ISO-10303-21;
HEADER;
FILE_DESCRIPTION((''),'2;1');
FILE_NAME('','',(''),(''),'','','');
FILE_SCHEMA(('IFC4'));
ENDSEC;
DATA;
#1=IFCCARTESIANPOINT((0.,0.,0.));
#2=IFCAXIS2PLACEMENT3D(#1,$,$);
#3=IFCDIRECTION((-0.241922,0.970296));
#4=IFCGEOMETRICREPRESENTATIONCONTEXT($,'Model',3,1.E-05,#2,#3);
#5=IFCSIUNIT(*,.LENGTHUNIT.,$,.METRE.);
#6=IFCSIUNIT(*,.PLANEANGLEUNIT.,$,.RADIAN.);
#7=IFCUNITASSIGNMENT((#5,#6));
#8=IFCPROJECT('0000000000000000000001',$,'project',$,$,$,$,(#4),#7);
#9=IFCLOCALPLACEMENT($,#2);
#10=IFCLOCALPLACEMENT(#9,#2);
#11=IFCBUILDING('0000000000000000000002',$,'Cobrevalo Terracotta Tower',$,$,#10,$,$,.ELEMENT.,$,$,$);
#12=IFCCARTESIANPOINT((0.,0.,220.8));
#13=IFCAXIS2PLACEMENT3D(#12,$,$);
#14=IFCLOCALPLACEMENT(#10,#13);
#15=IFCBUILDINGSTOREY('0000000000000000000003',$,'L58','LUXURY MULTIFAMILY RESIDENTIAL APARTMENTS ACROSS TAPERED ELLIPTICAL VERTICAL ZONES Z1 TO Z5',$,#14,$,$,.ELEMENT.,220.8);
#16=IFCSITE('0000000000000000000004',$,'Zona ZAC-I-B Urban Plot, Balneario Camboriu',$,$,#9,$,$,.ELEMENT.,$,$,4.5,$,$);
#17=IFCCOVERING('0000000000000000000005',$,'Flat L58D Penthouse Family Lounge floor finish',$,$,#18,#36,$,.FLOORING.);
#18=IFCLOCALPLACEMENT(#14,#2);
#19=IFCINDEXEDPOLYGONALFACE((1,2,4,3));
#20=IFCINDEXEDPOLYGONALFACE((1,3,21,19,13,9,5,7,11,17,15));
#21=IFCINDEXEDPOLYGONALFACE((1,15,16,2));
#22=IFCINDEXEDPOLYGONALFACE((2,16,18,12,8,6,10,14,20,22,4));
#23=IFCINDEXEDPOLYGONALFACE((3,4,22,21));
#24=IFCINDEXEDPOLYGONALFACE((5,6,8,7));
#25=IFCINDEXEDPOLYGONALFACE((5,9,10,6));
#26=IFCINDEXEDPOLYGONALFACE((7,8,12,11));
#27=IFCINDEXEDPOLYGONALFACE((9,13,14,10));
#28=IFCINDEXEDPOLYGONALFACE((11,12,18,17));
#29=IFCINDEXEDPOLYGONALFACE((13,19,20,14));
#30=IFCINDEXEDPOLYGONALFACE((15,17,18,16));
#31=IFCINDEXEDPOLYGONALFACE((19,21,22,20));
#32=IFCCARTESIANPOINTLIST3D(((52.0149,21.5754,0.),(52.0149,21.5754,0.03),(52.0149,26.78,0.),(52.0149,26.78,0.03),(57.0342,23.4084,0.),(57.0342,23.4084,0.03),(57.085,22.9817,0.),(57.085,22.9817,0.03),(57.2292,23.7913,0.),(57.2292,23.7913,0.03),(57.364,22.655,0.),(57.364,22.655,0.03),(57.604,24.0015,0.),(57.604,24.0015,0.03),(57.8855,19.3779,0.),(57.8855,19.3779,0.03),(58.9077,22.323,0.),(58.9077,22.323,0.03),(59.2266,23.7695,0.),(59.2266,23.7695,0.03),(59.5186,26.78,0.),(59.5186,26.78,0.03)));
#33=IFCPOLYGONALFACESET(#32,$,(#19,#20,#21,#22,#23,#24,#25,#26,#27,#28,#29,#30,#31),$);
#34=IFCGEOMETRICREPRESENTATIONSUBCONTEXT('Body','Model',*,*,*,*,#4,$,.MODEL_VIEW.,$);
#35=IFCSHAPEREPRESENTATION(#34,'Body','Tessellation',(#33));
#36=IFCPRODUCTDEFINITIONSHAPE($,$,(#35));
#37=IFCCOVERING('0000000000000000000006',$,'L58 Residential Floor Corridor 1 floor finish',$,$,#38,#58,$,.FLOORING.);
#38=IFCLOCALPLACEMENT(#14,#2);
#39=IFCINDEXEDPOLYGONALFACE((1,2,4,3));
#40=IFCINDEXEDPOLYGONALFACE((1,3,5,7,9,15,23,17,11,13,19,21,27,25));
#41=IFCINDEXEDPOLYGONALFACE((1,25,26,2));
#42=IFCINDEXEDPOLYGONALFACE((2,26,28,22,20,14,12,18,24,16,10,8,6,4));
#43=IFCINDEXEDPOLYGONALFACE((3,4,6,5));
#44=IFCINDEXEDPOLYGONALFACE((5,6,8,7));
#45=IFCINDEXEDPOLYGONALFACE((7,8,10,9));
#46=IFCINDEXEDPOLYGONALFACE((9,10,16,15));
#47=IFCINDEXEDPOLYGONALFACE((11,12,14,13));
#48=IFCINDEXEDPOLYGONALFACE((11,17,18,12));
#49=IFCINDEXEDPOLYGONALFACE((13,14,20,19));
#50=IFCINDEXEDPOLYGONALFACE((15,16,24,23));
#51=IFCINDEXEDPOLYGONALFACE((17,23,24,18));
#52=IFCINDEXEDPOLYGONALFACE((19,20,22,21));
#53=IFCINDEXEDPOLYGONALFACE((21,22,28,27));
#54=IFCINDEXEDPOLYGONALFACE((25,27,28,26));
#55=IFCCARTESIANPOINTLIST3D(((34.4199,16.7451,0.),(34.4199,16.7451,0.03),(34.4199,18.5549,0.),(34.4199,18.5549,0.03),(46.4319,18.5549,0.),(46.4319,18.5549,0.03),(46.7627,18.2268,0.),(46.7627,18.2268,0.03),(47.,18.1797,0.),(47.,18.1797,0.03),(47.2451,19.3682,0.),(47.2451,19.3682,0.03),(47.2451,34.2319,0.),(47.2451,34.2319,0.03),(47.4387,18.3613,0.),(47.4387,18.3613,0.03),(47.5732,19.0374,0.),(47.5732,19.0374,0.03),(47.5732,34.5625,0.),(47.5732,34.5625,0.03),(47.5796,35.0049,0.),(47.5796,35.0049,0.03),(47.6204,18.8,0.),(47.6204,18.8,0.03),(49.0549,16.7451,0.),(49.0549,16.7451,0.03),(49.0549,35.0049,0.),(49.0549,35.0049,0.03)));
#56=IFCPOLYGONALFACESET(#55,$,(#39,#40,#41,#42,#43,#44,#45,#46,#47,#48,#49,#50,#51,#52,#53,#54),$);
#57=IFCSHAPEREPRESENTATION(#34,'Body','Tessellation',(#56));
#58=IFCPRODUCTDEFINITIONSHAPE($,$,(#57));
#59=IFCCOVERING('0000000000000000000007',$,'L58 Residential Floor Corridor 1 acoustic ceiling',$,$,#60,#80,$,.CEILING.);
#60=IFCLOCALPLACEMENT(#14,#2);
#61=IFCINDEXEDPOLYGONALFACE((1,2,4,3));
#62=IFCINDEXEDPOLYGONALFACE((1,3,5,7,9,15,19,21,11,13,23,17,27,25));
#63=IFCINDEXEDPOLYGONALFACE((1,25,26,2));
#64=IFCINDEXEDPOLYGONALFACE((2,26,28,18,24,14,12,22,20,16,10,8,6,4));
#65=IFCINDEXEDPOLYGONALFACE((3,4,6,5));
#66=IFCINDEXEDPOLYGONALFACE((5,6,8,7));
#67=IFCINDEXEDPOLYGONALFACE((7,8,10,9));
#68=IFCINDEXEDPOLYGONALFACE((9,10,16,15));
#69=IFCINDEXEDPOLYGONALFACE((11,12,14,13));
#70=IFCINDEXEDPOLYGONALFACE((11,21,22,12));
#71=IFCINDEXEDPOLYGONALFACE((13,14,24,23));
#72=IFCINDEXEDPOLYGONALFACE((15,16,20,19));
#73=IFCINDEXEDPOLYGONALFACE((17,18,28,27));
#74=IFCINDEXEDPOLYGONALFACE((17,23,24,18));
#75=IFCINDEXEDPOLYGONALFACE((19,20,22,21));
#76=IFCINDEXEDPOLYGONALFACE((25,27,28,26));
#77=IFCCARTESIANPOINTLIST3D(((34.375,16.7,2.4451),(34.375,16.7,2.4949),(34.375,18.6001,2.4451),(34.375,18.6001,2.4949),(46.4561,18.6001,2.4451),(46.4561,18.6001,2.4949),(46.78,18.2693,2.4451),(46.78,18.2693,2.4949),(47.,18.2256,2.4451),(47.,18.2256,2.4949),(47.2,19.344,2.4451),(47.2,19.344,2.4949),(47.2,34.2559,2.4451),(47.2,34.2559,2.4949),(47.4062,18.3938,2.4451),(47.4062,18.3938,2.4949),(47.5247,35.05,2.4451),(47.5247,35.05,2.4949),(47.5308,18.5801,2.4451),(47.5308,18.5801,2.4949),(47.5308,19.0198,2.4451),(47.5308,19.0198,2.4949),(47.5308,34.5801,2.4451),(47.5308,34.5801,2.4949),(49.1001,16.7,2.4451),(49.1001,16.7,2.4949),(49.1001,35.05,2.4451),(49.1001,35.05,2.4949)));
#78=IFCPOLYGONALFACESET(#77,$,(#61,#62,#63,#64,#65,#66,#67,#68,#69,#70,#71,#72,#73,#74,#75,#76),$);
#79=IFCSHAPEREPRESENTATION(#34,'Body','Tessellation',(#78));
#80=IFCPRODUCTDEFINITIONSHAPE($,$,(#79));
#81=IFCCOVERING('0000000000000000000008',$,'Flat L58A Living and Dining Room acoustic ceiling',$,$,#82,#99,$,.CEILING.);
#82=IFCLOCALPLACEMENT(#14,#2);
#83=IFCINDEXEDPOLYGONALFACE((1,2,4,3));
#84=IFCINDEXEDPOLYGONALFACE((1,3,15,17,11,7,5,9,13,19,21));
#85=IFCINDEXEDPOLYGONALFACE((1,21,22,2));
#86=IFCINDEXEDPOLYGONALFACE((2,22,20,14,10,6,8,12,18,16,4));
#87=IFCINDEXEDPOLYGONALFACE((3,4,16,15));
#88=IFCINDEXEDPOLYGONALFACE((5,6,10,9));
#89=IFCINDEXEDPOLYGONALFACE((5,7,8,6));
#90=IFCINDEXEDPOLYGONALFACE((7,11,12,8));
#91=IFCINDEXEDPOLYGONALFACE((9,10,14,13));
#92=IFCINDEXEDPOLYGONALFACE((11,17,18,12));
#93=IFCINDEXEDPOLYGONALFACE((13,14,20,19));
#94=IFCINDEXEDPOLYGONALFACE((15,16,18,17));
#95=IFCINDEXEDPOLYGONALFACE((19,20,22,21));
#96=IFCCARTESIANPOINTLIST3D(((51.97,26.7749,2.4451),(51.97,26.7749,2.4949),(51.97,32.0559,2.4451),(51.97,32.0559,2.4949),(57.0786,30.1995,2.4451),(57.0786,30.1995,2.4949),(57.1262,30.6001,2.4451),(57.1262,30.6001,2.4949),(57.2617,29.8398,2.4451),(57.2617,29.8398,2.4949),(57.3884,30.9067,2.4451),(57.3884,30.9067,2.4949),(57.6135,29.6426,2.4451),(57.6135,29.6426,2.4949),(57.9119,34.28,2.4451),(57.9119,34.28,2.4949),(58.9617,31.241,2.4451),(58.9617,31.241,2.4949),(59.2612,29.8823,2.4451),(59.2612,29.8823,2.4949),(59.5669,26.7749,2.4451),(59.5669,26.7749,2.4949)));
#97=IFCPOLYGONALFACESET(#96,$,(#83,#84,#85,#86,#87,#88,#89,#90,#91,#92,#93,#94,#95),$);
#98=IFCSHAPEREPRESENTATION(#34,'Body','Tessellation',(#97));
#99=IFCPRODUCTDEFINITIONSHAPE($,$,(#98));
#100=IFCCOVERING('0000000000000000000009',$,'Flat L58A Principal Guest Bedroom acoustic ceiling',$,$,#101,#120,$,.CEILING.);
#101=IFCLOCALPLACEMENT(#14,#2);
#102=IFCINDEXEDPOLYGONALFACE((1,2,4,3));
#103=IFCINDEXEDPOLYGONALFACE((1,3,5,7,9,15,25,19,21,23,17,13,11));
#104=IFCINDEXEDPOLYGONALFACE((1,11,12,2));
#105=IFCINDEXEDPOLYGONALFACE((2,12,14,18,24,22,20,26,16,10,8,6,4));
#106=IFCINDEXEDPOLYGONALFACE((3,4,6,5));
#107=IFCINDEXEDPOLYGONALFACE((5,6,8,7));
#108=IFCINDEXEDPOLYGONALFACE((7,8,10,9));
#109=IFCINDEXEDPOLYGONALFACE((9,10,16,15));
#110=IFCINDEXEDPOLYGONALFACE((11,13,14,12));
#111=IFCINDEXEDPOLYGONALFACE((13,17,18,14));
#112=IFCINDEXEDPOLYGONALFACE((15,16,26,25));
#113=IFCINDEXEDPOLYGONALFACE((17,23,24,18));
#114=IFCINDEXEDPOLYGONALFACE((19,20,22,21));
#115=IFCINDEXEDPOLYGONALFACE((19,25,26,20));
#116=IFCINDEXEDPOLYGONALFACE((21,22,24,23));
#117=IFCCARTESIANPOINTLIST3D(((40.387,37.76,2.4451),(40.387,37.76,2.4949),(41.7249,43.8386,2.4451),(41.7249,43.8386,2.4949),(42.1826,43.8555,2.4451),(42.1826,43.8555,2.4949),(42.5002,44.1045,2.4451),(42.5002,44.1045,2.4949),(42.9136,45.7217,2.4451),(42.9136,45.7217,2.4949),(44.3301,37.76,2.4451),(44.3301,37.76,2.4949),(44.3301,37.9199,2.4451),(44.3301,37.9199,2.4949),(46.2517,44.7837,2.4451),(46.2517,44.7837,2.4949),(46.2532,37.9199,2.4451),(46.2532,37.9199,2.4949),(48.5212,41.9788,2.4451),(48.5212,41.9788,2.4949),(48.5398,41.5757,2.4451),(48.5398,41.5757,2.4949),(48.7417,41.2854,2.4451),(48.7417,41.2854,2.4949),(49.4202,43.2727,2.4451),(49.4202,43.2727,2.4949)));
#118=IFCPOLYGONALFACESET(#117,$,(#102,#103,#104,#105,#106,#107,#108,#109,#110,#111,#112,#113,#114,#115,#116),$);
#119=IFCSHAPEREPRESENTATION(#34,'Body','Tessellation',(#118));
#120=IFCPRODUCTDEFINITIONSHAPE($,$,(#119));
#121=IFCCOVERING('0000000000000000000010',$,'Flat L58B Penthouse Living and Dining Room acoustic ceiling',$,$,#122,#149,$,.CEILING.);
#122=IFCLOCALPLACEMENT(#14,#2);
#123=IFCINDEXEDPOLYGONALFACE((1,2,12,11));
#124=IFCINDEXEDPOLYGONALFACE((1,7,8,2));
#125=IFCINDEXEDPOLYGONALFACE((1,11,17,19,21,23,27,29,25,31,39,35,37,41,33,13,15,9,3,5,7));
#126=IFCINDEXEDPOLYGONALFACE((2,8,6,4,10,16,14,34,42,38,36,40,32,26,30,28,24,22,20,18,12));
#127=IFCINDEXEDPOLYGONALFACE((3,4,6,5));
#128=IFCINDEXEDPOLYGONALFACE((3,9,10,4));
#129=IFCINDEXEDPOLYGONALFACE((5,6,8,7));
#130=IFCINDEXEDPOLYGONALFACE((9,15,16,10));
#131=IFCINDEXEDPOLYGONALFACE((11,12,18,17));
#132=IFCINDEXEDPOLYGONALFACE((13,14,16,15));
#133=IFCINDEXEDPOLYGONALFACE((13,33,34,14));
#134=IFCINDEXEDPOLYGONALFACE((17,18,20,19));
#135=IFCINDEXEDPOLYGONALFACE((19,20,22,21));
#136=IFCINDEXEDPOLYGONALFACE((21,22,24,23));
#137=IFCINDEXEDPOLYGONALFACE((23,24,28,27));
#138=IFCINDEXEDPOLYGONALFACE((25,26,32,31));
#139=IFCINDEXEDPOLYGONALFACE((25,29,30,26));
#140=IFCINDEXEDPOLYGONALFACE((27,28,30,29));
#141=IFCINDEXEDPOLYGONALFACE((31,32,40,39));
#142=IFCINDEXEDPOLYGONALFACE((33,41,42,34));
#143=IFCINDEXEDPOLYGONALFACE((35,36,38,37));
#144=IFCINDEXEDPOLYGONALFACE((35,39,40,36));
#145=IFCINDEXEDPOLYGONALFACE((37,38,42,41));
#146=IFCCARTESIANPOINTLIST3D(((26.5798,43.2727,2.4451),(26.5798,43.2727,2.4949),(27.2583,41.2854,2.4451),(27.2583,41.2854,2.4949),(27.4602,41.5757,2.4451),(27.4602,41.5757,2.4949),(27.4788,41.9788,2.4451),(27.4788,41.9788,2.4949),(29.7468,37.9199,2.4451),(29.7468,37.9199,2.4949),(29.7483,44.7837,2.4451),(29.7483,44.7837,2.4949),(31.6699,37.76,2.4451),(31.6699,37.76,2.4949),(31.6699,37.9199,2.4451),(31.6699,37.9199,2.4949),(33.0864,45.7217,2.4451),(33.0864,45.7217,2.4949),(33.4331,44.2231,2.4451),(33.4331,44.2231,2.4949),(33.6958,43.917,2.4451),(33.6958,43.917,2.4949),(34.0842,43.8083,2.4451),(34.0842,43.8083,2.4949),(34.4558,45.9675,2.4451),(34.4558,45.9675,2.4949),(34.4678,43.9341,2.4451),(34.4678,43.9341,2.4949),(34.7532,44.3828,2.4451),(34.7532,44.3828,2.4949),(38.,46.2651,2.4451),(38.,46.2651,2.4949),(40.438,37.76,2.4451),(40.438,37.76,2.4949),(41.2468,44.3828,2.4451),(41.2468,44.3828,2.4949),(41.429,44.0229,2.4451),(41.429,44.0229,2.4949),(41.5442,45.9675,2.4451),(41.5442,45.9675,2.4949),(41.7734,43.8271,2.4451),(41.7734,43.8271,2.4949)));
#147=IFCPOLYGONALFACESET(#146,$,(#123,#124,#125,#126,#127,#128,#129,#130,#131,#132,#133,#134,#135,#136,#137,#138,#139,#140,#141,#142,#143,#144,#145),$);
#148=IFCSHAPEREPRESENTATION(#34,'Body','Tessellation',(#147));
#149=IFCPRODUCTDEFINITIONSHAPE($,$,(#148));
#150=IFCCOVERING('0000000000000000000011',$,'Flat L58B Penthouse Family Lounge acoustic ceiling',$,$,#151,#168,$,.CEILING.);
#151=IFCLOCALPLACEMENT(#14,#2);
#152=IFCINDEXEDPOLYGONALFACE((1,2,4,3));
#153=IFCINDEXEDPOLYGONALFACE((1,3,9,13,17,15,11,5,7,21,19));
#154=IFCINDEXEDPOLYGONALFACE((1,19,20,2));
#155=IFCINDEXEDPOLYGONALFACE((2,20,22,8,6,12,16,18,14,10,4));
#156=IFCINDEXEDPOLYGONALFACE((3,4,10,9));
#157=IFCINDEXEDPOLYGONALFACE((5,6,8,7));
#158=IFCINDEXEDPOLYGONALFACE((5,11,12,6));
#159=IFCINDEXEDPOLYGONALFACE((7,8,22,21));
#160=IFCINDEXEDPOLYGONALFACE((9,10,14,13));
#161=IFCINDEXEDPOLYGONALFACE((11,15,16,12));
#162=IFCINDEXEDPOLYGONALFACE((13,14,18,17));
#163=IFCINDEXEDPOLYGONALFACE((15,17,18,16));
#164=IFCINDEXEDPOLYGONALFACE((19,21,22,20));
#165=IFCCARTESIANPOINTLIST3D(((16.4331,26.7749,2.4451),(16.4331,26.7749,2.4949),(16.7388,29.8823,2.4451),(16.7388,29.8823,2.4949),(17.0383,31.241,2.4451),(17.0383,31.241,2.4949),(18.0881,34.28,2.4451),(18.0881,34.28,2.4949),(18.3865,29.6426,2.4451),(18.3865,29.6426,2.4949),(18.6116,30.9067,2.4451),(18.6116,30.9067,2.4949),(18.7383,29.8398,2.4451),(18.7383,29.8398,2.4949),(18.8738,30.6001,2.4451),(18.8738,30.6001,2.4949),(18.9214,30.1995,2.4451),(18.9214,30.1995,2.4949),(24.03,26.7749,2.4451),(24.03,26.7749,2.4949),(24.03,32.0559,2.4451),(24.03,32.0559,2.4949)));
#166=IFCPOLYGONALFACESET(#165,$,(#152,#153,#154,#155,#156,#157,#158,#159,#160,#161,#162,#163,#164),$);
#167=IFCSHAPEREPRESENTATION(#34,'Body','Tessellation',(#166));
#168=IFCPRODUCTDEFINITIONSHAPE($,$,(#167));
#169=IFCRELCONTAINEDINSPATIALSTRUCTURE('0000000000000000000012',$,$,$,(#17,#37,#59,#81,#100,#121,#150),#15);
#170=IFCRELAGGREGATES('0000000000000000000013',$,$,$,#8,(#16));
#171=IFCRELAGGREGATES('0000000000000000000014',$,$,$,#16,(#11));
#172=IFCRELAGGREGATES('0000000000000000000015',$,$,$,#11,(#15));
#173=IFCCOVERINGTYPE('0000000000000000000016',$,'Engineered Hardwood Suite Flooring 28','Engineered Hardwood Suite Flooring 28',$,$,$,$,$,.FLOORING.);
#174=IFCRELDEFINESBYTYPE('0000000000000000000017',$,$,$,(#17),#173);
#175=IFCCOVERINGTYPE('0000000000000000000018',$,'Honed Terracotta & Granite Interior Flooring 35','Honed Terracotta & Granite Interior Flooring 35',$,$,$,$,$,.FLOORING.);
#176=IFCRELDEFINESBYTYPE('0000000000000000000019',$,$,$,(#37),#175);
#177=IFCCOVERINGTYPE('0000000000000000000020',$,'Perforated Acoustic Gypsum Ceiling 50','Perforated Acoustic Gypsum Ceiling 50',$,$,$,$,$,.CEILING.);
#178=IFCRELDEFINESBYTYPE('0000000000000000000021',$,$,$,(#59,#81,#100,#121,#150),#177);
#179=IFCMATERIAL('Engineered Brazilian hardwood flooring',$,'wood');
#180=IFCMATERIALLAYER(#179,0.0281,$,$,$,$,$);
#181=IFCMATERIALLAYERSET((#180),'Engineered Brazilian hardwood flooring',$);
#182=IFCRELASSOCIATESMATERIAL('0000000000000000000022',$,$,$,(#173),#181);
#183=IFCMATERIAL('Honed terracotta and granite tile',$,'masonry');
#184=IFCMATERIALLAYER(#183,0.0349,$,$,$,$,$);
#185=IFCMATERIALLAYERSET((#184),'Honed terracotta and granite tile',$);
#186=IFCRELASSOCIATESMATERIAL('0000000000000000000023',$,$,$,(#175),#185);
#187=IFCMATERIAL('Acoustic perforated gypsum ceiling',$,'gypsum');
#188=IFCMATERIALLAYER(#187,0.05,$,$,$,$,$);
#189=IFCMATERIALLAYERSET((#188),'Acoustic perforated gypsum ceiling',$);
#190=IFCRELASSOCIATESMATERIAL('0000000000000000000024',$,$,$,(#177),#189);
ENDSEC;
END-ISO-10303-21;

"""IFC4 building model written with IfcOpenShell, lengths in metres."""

from ifc_helpers import new_model, si_unit, direction, frame, origin, place, context, subcontext, project, spatial, polyline, outline, extrude, material, layer, layer_set, type_object, element, save


model = new_model("IFC4")

# Units and contexts
model_context = context("Model", 3, precision=1e-05, world=origin(), true_north=direction((-0.241922, 0.970296)))
body_context = subcontext(model_context, "Body", "Model", "MODEL_VIEW")
ifc_project = project(units=[si_unit("LENGTHUNIT", "METRE"), si_unit("PLANEANGLEUNIT", "RADIAN")], contexts=[model_context])

# Site, building, storey
site_placement = place(None, origin())
site = spatial("IfcSite", under=ifc_project, at=site_placement, Name="Zona ZAC-I-B Urban Plot, Balneario Camboriu", CompositionType="ELEMENT", RefElevation=4.5)
building_placement = place(site_placement, origin())
building = spatial("IfcBuilding", under=site, at=building_placement, Name="Cobrevalo Terracotta Tower", CompositionType="ELEMENT")
storey_placement = place(building_placement, frame((0.0, 0.0, 220.8)))
storey = spatial("IfcBuildingStorey", under=building, at=storey_placement, Name="L58", Description="LUXURY MULTIFAMILY RESIDENTIAL APARTMENTS ACROSS TAPERED ELLIPTICAL VERTICAL ZONES Z1 TO Z5", CompositionType="ELEMENT", Elevation=220.8)

# Coverings
ifc_material_1 = material(Name="Engineered Brazilian hardwood flooring", Category="wood")
ifc_layer_1 = layer(ifc_material_1, 0.0281)
ifc_layer_set_1 = layer_set([ifc_layer_1], Name="Engineered Brazilian hardwood flooring")
covering_type_1 = type_object("IfcCoveringType", Name="Engineered Hardwood Suite Flooring 28", Description="Engineered Hardwood Suite Flooring 28", PredefinedType="FLOORING", material=ifc_layer_set_1)
covering_1_placement = place(storey_placement, origin())
element("IfcCovering", 1, at=covering_1_placement, inside=storey, type_object=covering_type_1, Name="Flat L58D Penthouse Family Lounge floor finish", PredefinedType="FLOORING", context=body_context, shape_type="SweptSolid", body=[
    extrude(outline(polyline([(52.0149, 21.5754), (52.0149, 26.78), (59.5186, 26.78), (59.2266, 23.7695), (57.604, 24.0015), (57.2292, 23.7913), (57.0342, 23.4084), (57.085, 22.9817), (57.364, 22.655), (58.9077, 22.323), (57.8855, 19.3779), (52.0149, 21.5754)])), origin(), (0.0, 0.0, 1.0), 0.03),
])
ifc_material_2 = material(Name="Honed terracotta and granite tile", Category="masonry")
ifc_layer_2 = layer(ifc_material_2, 0.0349)
ifc_layer_set_2 = layer_set([ifc_layer_2], Name="Honed terracotta and granite tile")
covering_type_2 = type_object("IfcCoveringType", Name="Honed Terracotta & Granite Interior Flooring 35", Description="Honed Terracotta & Granite Interior Flooring 35", PredefinedType="FLOORING", material=ifc_layer_set_2)
covering_2_placement = place(storey_placement, origin())
element("IfcCovering", 2, at=covering_2_placement, inside=storey, type_object=covering_type_2, Name="L58 Residential Floor Corridor 1 floor finish", PredefinedType="FLOORING", context=body_context, shape_type="SweptSolid", body=[
    extrude(outline(polyline([(34.4199, 18.5549), (46.4319, 18.5549), (46.7627, 18.2268), (47.0, 18.1797), (47.4387, 18.3613), (47.6204, 18.8), (47.5732, 19.0374), (47.2451, 19.3682), (47.2451, 34.2319), (47.5732, 34.5625), (47.5796, 35.0049), (49.0549, 35.0049), (49.0549, 16.7451), (34.4199, 16.7451), (34.4199, 18.5549)])), origin(), (0.0, 0.0, 1.0), 0.03),
])
ifc_material_3 = material(Name="Acoustic perforated gypsum ceiling", Category="gypsum")
ifc_layer_3 = layer(ifc_material_3, 0.05)
ifc_layer_set_3 = layer_set([ifc_layer_3], Name="Acoustic perforated gypsum ceiling")
covering_type_3 = type_object("IfcCoveringType", Name="Perforated Acoustic Gypsum Ceiling 50", Description="Perforated Acoustic Gypsum Ceiling 50", PredefinedType="CEILING", material=ifc_layer_set_3)
covering_3_placement = place(storey_placement, frame((0.0, 0.0, 2.4451)))
element("IfcCovering", 3, at=covering_3_placement, inside=storey, type_object=covering_type_3, Name="L58 Residential Floor Corridor 1 acoustic ceiling", PredefinedType="CEILING", context=body_context, shape_type="SweptSolid", body=[
    extrude(outline(polyline([(34.375, 18.6001), (46.4561, 18.6001), (46.78, 18.2693), (47.0, 18.2256), (47.4062, 18.3938), (47.5308, 18.5801), (47.5308, 19.0198), (47.2, 19.344), (47.2, 34.2559), (47.5308, 34.5801), (47.5247, 35.05), (49.1001, 35.05), (49.1001, 16.7), (34.375, 16.7), (34.375, 18.6001)])), origin(), (0.0, 0.0, 1.0), 0.0498),
])
covering_4_placement = place(storey_placement, frame((0.0, 0.0, 2.4451)))
element("IfcCovering", 4, at=covering_4_placement, inside=storey, type_object=covering_type_3, Name="Flat L58A Living and Dining Room acoustic ceiling", PredefinedType="CEILING", context=body_context, shape_type="SweptSolid", body=[
    extrude(outline(polyline([(57.9119, 34.28), (58.9617, 31.241), (57.3884, 30.9067), (57.1262, 30.6001), (57.0786, 30.1995), (57.2617, 29.8398), (57.6135, 29.6426), (59.2612, 29.8823), (59.5669, 26.7749), (51.97, 26.7749), (51.97, 32.0559), (57.9119, 34.28)])), origin(), (0.0, 0.0, 1.0), 0.0498),
])
covering_5_placement = place(storey_placement, frame((0.0, 0.0, 2.4451)))
element("IfcCovering", 5, at=covering_5_placement, inside=storey, type_object=covering_type_3, Name="Flat L58A Principal Guest Bedroom acoustic ceiling", PredefinedType="CEILING", context=body_context, shape_type="SweptSolid", body=[
    extrude(outline(polyline([(49.4202, 43.2727), (48.5212, 41.9788), (48.5398, 41.5757), (48.7417, 41.2854), (46.2532, 37.9199), (44.3301, 37.9199), (44.3301, 37.76), (40.387, 37.76), (41.7249, 43.8386), (42.1826, 43.8555), (42.5002, 44.1045), (42.9136, 45.7217), (46.2517, 44.7837), (49.4202, 43.2727)])), origin(), (0.0, 0.0, 1.0), 0.0498),
])
covering_6_placement = place(storey_placement, frame((0.0, 0.0, 2.4451)))
element("IfcCovering", 6, at=covering_6_placement, inside=storey, type_object=covering_type_3, Name="Flat L58B Penthouse Living and Dining Room acoustic ceiling", PredefinedType="CEILING", context=body_context, shape_type="SweptSolid", body=[
    extrude(outline(polyline([(29.7483, 44.7837), (33.0864, 45.7217), (33.4331, 44.2231), (33.6958, 43.917), (34.0842, 43.8083), (34.4678, 43.9341), (34.7532, 44.3828), (34.4558, 45.9675), (38.0, 46.2651), (41.5442, 45.9675), (41.2468, 44.3828), (41.429, 44.0229), (41.7734, 43.8271), (40.438, 37.76), (31.6699, 37.76), (31.6699, 37.9199), (29.7468, 37.9199), (27.2583, 41.2854), (27.4602, 41.5757), (27.4788, 41.9788), (26.5798, 43.2727), (29.7483, 44.7837)])), origin(), (0.0, 0.0, 1.0), 0.0498),
])
covering_7_placement = place(storey_placement, frame((0.0, 0.0, 2.4451)))
element("IfcCovering", 7, at=covering_7_placement, inside=storey, type_object=covering_type_3, Name="Flat L58B Penthouse Family Lounge acoustic ceiling", PredefinedType="CEILING", context=body_context, shape_type="SweptSolid", body=[
    extrude(outline(polyline([(24.03, 32.0559), (24.03, 26.7749), (16.4331, 26.7749), (16.7388, 29.8823), (18.3865, 29.6426), (18.7383, 29.8398), (18.9214, 30.1995), (18.8738, 30.6001), (18.6116, 30.9067), (17.0383, 31.241), (18.0881, 34.28), (24.03, 32.0559)])), origin(), (0.0, 0.0, 1.0), 0.0498),
])

save(model, "model.ifc")
